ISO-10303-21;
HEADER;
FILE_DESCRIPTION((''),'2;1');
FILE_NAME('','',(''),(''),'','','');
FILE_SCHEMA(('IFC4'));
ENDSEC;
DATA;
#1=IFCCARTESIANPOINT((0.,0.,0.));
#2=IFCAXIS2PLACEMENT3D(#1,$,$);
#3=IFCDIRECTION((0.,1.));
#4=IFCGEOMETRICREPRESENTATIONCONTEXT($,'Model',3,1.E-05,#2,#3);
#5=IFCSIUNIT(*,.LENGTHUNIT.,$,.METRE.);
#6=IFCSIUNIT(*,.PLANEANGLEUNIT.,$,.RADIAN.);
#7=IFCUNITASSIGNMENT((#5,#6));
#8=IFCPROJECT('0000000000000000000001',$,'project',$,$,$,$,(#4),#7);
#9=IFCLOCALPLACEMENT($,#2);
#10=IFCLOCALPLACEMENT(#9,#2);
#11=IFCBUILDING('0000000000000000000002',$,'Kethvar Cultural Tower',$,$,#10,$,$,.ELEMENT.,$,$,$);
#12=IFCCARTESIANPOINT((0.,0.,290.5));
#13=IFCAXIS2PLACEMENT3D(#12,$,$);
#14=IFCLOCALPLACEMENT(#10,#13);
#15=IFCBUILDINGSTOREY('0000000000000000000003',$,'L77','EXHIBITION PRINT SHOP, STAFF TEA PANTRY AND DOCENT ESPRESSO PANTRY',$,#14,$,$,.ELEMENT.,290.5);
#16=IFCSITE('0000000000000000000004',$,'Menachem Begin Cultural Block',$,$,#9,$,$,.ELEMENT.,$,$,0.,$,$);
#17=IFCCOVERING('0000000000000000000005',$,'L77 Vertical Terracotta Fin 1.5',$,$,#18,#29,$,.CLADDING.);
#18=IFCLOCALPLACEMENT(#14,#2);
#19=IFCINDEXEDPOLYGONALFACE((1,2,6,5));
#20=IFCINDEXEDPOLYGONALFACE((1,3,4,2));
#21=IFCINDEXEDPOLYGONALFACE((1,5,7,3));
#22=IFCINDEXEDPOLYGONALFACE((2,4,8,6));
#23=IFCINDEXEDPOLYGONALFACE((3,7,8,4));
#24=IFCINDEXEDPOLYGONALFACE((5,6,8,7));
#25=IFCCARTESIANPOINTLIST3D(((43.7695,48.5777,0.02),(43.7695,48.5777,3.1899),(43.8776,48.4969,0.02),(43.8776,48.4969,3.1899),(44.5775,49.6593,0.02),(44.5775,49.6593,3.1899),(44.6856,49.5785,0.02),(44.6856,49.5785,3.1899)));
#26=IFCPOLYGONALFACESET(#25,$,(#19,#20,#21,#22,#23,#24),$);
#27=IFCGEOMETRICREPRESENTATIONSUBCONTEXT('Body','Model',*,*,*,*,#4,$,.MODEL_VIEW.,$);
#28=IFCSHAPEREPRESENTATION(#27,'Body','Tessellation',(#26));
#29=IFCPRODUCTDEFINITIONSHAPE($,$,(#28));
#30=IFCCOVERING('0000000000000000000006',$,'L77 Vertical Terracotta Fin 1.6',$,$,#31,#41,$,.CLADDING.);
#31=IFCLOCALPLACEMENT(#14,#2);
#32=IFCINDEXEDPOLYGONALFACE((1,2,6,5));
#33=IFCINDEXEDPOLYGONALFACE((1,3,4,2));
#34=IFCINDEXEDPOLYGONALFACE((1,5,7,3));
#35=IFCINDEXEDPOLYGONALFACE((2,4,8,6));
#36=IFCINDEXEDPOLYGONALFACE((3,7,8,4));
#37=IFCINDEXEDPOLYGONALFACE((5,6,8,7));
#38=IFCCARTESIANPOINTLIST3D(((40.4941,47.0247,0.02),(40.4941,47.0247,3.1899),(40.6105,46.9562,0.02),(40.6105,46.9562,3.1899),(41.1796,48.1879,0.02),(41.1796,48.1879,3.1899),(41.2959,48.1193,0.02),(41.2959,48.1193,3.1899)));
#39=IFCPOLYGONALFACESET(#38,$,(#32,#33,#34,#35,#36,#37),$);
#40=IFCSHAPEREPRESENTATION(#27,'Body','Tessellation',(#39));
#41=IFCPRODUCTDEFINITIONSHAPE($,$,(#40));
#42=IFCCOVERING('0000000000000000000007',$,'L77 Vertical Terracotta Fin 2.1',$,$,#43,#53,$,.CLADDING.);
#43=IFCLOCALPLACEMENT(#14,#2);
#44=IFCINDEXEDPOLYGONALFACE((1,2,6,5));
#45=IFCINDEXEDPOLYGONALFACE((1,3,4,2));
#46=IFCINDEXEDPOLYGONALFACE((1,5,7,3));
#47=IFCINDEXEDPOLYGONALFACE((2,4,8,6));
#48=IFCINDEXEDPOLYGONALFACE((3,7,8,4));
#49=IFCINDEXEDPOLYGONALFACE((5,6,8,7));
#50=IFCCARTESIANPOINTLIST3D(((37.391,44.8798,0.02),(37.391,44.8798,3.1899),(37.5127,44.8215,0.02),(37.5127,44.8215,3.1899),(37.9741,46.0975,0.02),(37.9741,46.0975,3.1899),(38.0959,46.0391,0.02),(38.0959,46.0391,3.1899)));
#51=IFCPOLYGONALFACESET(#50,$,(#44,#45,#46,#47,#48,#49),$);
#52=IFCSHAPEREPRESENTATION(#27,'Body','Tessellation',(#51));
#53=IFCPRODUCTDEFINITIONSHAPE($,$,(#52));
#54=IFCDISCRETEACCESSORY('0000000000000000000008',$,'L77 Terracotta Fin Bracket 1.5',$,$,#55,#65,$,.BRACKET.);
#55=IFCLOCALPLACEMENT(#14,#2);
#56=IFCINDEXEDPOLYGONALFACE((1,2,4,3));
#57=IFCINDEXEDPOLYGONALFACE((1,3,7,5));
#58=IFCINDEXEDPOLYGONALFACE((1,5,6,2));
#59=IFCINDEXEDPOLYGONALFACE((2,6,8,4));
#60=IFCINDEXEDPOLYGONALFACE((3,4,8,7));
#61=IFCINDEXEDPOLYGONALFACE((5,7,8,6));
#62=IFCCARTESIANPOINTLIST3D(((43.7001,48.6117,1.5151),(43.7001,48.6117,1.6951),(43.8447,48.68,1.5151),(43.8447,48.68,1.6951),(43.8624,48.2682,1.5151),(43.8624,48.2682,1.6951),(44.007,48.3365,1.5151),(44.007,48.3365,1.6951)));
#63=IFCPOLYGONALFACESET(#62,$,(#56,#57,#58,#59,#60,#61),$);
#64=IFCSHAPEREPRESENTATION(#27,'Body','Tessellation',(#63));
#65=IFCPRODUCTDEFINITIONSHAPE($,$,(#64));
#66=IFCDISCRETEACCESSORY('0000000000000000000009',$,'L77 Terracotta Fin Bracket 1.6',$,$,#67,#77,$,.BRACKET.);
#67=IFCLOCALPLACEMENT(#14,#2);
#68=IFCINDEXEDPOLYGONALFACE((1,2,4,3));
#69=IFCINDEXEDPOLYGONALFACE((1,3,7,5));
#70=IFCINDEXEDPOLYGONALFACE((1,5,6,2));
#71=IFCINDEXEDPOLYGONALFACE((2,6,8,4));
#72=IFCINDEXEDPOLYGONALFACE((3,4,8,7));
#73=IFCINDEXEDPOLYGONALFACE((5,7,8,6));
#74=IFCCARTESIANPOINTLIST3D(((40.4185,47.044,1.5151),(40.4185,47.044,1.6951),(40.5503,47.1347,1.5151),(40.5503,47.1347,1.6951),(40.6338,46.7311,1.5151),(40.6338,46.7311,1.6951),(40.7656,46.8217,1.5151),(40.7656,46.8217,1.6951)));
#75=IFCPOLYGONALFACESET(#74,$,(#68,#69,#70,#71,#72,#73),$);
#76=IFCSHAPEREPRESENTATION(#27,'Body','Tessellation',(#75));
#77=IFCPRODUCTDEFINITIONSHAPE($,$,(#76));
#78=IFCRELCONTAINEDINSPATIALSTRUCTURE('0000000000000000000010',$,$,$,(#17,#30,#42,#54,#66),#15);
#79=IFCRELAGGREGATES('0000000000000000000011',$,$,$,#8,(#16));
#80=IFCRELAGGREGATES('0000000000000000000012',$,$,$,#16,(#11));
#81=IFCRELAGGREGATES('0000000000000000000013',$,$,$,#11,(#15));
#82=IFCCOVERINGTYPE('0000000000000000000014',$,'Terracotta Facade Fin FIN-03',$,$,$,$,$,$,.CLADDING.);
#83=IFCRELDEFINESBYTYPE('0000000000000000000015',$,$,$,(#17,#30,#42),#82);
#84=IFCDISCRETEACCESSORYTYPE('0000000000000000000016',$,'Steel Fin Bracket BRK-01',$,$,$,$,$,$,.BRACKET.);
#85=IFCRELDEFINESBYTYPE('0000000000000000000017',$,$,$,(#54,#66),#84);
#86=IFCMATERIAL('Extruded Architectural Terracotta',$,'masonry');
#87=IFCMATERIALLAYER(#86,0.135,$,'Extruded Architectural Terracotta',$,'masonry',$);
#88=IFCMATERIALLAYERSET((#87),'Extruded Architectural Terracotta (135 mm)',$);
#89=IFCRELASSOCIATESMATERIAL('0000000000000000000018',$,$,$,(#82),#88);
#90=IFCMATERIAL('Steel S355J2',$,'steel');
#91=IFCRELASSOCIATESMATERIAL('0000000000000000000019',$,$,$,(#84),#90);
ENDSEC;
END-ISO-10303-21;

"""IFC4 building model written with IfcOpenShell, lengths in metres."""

from ifc_helpers import new_model, si_unit, direction, frame, origin, origin_2d, place, context, subcontext, project, spatial, rectangle, extrude, source, transform, mapped, material, layer, layer_set, type_object, element, save


model = new_model("IFC4")

# Units and contexts
model_context = context("Model", 3, precision=1e-05, world=origin(), true_north=direction((0.0, 1.0)))
body_context = subcontext(model_context, "Body", "Model", "MODEL_VIEW")
ifc_project = project(units=[si_unit("LENGTHUNIT", "METRE"), si_unit("PLANEANGLEUNIT", "RADIAN")], contexts=[model_context])

# Site, building, storey
site_placement = place(None, origin())
site = spatial("IfcSite", under=ifc_project, at=site_placement, Name="Menachem Begin Cultural Block", CompositionType="ELEMENT", RefElevation=0.0)
building_placement = place(site_placement, origin())
building = spatial("IfcBuilding", under=site, at=building_placement, Name="Kethvar Cultural Tower", CompositionType="ELEMENT")
storey_placement = place(building_placement, frame((0.0, 0.0, 290.5)))
storey = spatial("IfcBuildingStorey", under=building, at=storey_placement, Name="L77", Description="EXHIBITION PRINT SHOP, STAFF TEA PANTRY AND DOCENT ESPRESSO PANTRY", CompositionType="ELEMENT", Elevation=290.5)

# Shared definitions
ifc_material_1 = material(Name="Steel S355J2", Category="steel")

# Coverings
ifc_material_2 = material(Name="Extruded Architectural Terracotta", Category="masonry")
ifc_layer_1 = layer(ifc_material_2, 0.135, Name="Extruded Architectural Terracotta", Category="masonry")
ifc_layer_set_1 = layer_set([ifc_layer_1], Name="Extruded Architectural Terracotta (135 mm)")
covering_type = type_object("IfcCoveringType", Name="Terracotta Facade Fin FIN-03", PredefinedType="CLADDING", material=ifc_layer_set_1)
shared_shape_1 = source(origin(), body_context, "Body", "SweptSolid", [
    extrude(rectangle(XDim=1.3501, YDim=0.135, at=origin_2d()), origin(), (0.0, 0.0, 1.0), 3.1699),
])
for number, where, z_axis, x_axis, name in (
    (1, (44.2275, 49.0781, 0.02), (0.0, 0.0, 1.0), (0.598464, 0.801149, 0.0), "L77 Vertical Terracotta Fin 1.5"),
    (2, (40.895, 47.572, 0.02), (0.0, 0.0, 1.0), (0.507689, 0.861541, 0.0), "L77 Vertical Terracotta Fin 1.6"),
    (3, (37.7434, 45.4595, 0.02), (0.0, 0.0, 1.0), (0.431928, 0.901908, 0.0), "L77 Vertical Terracotta Fin 2.1"),
):
    element("IfcCovering", number, at=place(storey_placement, frame(where, z_axis=z_axis, x_axis=x_axis)), inside=storey, type_object=covering_type, Name=name, PredefinedType="CLADDING", context=body_context, shape_type="MappedRepresentation", body=[
        mapped(shared_shape_1, transform((0.0, 0.0, 0.0), scale=1.0)),
    ])

# Discrete accessories
discrete_accessory_type = type_object("IfcDiscreteAccessoryType", Name="Steel Fin Bracket BRK-01", PredefinedType="BRACKET", material=ifc_material_1)
shared_shape_2 = source(origin(), body_context, "Body", "SweptSolid", [
    extrude(rectangle(XDim=0.3799, YDim=0.1599, at=origin_2d()), origin(), (0.0, 0.0, 1.0), 0.1799),
])
for number, where, z_axis, x_axis, name in (
    (4, (43.8535, 48.4741, 1.5151), (0.0, 0.0, 1.0), (-0.4272, 0.904157, 0.0), "L77 Terracotta Fin Bracket 1.5"),
    (5, (40.592, 46.9329, 1.5151), (0.0, 0.0, 1.0), (-0.566694, 0.823928, 0.0), "L77 Terracotta Fin Bracket 1.6"),
):
    element("IfcDiscreteAccessory", number, at=place(storey_placement, frame(where, z_axis=z_axis, x_axis=x_axis)), inside=storey, type_object=discrete_accessory_type, Name=name, PredefinedType="BRACKET", context=body_context, shape_type="MappedRepresentation", body=[
        mapped(shared_shape_2, transform((0.0, 0.0, 0.0), scale=1.0)),
    ])

save(model, "model.ifc")
